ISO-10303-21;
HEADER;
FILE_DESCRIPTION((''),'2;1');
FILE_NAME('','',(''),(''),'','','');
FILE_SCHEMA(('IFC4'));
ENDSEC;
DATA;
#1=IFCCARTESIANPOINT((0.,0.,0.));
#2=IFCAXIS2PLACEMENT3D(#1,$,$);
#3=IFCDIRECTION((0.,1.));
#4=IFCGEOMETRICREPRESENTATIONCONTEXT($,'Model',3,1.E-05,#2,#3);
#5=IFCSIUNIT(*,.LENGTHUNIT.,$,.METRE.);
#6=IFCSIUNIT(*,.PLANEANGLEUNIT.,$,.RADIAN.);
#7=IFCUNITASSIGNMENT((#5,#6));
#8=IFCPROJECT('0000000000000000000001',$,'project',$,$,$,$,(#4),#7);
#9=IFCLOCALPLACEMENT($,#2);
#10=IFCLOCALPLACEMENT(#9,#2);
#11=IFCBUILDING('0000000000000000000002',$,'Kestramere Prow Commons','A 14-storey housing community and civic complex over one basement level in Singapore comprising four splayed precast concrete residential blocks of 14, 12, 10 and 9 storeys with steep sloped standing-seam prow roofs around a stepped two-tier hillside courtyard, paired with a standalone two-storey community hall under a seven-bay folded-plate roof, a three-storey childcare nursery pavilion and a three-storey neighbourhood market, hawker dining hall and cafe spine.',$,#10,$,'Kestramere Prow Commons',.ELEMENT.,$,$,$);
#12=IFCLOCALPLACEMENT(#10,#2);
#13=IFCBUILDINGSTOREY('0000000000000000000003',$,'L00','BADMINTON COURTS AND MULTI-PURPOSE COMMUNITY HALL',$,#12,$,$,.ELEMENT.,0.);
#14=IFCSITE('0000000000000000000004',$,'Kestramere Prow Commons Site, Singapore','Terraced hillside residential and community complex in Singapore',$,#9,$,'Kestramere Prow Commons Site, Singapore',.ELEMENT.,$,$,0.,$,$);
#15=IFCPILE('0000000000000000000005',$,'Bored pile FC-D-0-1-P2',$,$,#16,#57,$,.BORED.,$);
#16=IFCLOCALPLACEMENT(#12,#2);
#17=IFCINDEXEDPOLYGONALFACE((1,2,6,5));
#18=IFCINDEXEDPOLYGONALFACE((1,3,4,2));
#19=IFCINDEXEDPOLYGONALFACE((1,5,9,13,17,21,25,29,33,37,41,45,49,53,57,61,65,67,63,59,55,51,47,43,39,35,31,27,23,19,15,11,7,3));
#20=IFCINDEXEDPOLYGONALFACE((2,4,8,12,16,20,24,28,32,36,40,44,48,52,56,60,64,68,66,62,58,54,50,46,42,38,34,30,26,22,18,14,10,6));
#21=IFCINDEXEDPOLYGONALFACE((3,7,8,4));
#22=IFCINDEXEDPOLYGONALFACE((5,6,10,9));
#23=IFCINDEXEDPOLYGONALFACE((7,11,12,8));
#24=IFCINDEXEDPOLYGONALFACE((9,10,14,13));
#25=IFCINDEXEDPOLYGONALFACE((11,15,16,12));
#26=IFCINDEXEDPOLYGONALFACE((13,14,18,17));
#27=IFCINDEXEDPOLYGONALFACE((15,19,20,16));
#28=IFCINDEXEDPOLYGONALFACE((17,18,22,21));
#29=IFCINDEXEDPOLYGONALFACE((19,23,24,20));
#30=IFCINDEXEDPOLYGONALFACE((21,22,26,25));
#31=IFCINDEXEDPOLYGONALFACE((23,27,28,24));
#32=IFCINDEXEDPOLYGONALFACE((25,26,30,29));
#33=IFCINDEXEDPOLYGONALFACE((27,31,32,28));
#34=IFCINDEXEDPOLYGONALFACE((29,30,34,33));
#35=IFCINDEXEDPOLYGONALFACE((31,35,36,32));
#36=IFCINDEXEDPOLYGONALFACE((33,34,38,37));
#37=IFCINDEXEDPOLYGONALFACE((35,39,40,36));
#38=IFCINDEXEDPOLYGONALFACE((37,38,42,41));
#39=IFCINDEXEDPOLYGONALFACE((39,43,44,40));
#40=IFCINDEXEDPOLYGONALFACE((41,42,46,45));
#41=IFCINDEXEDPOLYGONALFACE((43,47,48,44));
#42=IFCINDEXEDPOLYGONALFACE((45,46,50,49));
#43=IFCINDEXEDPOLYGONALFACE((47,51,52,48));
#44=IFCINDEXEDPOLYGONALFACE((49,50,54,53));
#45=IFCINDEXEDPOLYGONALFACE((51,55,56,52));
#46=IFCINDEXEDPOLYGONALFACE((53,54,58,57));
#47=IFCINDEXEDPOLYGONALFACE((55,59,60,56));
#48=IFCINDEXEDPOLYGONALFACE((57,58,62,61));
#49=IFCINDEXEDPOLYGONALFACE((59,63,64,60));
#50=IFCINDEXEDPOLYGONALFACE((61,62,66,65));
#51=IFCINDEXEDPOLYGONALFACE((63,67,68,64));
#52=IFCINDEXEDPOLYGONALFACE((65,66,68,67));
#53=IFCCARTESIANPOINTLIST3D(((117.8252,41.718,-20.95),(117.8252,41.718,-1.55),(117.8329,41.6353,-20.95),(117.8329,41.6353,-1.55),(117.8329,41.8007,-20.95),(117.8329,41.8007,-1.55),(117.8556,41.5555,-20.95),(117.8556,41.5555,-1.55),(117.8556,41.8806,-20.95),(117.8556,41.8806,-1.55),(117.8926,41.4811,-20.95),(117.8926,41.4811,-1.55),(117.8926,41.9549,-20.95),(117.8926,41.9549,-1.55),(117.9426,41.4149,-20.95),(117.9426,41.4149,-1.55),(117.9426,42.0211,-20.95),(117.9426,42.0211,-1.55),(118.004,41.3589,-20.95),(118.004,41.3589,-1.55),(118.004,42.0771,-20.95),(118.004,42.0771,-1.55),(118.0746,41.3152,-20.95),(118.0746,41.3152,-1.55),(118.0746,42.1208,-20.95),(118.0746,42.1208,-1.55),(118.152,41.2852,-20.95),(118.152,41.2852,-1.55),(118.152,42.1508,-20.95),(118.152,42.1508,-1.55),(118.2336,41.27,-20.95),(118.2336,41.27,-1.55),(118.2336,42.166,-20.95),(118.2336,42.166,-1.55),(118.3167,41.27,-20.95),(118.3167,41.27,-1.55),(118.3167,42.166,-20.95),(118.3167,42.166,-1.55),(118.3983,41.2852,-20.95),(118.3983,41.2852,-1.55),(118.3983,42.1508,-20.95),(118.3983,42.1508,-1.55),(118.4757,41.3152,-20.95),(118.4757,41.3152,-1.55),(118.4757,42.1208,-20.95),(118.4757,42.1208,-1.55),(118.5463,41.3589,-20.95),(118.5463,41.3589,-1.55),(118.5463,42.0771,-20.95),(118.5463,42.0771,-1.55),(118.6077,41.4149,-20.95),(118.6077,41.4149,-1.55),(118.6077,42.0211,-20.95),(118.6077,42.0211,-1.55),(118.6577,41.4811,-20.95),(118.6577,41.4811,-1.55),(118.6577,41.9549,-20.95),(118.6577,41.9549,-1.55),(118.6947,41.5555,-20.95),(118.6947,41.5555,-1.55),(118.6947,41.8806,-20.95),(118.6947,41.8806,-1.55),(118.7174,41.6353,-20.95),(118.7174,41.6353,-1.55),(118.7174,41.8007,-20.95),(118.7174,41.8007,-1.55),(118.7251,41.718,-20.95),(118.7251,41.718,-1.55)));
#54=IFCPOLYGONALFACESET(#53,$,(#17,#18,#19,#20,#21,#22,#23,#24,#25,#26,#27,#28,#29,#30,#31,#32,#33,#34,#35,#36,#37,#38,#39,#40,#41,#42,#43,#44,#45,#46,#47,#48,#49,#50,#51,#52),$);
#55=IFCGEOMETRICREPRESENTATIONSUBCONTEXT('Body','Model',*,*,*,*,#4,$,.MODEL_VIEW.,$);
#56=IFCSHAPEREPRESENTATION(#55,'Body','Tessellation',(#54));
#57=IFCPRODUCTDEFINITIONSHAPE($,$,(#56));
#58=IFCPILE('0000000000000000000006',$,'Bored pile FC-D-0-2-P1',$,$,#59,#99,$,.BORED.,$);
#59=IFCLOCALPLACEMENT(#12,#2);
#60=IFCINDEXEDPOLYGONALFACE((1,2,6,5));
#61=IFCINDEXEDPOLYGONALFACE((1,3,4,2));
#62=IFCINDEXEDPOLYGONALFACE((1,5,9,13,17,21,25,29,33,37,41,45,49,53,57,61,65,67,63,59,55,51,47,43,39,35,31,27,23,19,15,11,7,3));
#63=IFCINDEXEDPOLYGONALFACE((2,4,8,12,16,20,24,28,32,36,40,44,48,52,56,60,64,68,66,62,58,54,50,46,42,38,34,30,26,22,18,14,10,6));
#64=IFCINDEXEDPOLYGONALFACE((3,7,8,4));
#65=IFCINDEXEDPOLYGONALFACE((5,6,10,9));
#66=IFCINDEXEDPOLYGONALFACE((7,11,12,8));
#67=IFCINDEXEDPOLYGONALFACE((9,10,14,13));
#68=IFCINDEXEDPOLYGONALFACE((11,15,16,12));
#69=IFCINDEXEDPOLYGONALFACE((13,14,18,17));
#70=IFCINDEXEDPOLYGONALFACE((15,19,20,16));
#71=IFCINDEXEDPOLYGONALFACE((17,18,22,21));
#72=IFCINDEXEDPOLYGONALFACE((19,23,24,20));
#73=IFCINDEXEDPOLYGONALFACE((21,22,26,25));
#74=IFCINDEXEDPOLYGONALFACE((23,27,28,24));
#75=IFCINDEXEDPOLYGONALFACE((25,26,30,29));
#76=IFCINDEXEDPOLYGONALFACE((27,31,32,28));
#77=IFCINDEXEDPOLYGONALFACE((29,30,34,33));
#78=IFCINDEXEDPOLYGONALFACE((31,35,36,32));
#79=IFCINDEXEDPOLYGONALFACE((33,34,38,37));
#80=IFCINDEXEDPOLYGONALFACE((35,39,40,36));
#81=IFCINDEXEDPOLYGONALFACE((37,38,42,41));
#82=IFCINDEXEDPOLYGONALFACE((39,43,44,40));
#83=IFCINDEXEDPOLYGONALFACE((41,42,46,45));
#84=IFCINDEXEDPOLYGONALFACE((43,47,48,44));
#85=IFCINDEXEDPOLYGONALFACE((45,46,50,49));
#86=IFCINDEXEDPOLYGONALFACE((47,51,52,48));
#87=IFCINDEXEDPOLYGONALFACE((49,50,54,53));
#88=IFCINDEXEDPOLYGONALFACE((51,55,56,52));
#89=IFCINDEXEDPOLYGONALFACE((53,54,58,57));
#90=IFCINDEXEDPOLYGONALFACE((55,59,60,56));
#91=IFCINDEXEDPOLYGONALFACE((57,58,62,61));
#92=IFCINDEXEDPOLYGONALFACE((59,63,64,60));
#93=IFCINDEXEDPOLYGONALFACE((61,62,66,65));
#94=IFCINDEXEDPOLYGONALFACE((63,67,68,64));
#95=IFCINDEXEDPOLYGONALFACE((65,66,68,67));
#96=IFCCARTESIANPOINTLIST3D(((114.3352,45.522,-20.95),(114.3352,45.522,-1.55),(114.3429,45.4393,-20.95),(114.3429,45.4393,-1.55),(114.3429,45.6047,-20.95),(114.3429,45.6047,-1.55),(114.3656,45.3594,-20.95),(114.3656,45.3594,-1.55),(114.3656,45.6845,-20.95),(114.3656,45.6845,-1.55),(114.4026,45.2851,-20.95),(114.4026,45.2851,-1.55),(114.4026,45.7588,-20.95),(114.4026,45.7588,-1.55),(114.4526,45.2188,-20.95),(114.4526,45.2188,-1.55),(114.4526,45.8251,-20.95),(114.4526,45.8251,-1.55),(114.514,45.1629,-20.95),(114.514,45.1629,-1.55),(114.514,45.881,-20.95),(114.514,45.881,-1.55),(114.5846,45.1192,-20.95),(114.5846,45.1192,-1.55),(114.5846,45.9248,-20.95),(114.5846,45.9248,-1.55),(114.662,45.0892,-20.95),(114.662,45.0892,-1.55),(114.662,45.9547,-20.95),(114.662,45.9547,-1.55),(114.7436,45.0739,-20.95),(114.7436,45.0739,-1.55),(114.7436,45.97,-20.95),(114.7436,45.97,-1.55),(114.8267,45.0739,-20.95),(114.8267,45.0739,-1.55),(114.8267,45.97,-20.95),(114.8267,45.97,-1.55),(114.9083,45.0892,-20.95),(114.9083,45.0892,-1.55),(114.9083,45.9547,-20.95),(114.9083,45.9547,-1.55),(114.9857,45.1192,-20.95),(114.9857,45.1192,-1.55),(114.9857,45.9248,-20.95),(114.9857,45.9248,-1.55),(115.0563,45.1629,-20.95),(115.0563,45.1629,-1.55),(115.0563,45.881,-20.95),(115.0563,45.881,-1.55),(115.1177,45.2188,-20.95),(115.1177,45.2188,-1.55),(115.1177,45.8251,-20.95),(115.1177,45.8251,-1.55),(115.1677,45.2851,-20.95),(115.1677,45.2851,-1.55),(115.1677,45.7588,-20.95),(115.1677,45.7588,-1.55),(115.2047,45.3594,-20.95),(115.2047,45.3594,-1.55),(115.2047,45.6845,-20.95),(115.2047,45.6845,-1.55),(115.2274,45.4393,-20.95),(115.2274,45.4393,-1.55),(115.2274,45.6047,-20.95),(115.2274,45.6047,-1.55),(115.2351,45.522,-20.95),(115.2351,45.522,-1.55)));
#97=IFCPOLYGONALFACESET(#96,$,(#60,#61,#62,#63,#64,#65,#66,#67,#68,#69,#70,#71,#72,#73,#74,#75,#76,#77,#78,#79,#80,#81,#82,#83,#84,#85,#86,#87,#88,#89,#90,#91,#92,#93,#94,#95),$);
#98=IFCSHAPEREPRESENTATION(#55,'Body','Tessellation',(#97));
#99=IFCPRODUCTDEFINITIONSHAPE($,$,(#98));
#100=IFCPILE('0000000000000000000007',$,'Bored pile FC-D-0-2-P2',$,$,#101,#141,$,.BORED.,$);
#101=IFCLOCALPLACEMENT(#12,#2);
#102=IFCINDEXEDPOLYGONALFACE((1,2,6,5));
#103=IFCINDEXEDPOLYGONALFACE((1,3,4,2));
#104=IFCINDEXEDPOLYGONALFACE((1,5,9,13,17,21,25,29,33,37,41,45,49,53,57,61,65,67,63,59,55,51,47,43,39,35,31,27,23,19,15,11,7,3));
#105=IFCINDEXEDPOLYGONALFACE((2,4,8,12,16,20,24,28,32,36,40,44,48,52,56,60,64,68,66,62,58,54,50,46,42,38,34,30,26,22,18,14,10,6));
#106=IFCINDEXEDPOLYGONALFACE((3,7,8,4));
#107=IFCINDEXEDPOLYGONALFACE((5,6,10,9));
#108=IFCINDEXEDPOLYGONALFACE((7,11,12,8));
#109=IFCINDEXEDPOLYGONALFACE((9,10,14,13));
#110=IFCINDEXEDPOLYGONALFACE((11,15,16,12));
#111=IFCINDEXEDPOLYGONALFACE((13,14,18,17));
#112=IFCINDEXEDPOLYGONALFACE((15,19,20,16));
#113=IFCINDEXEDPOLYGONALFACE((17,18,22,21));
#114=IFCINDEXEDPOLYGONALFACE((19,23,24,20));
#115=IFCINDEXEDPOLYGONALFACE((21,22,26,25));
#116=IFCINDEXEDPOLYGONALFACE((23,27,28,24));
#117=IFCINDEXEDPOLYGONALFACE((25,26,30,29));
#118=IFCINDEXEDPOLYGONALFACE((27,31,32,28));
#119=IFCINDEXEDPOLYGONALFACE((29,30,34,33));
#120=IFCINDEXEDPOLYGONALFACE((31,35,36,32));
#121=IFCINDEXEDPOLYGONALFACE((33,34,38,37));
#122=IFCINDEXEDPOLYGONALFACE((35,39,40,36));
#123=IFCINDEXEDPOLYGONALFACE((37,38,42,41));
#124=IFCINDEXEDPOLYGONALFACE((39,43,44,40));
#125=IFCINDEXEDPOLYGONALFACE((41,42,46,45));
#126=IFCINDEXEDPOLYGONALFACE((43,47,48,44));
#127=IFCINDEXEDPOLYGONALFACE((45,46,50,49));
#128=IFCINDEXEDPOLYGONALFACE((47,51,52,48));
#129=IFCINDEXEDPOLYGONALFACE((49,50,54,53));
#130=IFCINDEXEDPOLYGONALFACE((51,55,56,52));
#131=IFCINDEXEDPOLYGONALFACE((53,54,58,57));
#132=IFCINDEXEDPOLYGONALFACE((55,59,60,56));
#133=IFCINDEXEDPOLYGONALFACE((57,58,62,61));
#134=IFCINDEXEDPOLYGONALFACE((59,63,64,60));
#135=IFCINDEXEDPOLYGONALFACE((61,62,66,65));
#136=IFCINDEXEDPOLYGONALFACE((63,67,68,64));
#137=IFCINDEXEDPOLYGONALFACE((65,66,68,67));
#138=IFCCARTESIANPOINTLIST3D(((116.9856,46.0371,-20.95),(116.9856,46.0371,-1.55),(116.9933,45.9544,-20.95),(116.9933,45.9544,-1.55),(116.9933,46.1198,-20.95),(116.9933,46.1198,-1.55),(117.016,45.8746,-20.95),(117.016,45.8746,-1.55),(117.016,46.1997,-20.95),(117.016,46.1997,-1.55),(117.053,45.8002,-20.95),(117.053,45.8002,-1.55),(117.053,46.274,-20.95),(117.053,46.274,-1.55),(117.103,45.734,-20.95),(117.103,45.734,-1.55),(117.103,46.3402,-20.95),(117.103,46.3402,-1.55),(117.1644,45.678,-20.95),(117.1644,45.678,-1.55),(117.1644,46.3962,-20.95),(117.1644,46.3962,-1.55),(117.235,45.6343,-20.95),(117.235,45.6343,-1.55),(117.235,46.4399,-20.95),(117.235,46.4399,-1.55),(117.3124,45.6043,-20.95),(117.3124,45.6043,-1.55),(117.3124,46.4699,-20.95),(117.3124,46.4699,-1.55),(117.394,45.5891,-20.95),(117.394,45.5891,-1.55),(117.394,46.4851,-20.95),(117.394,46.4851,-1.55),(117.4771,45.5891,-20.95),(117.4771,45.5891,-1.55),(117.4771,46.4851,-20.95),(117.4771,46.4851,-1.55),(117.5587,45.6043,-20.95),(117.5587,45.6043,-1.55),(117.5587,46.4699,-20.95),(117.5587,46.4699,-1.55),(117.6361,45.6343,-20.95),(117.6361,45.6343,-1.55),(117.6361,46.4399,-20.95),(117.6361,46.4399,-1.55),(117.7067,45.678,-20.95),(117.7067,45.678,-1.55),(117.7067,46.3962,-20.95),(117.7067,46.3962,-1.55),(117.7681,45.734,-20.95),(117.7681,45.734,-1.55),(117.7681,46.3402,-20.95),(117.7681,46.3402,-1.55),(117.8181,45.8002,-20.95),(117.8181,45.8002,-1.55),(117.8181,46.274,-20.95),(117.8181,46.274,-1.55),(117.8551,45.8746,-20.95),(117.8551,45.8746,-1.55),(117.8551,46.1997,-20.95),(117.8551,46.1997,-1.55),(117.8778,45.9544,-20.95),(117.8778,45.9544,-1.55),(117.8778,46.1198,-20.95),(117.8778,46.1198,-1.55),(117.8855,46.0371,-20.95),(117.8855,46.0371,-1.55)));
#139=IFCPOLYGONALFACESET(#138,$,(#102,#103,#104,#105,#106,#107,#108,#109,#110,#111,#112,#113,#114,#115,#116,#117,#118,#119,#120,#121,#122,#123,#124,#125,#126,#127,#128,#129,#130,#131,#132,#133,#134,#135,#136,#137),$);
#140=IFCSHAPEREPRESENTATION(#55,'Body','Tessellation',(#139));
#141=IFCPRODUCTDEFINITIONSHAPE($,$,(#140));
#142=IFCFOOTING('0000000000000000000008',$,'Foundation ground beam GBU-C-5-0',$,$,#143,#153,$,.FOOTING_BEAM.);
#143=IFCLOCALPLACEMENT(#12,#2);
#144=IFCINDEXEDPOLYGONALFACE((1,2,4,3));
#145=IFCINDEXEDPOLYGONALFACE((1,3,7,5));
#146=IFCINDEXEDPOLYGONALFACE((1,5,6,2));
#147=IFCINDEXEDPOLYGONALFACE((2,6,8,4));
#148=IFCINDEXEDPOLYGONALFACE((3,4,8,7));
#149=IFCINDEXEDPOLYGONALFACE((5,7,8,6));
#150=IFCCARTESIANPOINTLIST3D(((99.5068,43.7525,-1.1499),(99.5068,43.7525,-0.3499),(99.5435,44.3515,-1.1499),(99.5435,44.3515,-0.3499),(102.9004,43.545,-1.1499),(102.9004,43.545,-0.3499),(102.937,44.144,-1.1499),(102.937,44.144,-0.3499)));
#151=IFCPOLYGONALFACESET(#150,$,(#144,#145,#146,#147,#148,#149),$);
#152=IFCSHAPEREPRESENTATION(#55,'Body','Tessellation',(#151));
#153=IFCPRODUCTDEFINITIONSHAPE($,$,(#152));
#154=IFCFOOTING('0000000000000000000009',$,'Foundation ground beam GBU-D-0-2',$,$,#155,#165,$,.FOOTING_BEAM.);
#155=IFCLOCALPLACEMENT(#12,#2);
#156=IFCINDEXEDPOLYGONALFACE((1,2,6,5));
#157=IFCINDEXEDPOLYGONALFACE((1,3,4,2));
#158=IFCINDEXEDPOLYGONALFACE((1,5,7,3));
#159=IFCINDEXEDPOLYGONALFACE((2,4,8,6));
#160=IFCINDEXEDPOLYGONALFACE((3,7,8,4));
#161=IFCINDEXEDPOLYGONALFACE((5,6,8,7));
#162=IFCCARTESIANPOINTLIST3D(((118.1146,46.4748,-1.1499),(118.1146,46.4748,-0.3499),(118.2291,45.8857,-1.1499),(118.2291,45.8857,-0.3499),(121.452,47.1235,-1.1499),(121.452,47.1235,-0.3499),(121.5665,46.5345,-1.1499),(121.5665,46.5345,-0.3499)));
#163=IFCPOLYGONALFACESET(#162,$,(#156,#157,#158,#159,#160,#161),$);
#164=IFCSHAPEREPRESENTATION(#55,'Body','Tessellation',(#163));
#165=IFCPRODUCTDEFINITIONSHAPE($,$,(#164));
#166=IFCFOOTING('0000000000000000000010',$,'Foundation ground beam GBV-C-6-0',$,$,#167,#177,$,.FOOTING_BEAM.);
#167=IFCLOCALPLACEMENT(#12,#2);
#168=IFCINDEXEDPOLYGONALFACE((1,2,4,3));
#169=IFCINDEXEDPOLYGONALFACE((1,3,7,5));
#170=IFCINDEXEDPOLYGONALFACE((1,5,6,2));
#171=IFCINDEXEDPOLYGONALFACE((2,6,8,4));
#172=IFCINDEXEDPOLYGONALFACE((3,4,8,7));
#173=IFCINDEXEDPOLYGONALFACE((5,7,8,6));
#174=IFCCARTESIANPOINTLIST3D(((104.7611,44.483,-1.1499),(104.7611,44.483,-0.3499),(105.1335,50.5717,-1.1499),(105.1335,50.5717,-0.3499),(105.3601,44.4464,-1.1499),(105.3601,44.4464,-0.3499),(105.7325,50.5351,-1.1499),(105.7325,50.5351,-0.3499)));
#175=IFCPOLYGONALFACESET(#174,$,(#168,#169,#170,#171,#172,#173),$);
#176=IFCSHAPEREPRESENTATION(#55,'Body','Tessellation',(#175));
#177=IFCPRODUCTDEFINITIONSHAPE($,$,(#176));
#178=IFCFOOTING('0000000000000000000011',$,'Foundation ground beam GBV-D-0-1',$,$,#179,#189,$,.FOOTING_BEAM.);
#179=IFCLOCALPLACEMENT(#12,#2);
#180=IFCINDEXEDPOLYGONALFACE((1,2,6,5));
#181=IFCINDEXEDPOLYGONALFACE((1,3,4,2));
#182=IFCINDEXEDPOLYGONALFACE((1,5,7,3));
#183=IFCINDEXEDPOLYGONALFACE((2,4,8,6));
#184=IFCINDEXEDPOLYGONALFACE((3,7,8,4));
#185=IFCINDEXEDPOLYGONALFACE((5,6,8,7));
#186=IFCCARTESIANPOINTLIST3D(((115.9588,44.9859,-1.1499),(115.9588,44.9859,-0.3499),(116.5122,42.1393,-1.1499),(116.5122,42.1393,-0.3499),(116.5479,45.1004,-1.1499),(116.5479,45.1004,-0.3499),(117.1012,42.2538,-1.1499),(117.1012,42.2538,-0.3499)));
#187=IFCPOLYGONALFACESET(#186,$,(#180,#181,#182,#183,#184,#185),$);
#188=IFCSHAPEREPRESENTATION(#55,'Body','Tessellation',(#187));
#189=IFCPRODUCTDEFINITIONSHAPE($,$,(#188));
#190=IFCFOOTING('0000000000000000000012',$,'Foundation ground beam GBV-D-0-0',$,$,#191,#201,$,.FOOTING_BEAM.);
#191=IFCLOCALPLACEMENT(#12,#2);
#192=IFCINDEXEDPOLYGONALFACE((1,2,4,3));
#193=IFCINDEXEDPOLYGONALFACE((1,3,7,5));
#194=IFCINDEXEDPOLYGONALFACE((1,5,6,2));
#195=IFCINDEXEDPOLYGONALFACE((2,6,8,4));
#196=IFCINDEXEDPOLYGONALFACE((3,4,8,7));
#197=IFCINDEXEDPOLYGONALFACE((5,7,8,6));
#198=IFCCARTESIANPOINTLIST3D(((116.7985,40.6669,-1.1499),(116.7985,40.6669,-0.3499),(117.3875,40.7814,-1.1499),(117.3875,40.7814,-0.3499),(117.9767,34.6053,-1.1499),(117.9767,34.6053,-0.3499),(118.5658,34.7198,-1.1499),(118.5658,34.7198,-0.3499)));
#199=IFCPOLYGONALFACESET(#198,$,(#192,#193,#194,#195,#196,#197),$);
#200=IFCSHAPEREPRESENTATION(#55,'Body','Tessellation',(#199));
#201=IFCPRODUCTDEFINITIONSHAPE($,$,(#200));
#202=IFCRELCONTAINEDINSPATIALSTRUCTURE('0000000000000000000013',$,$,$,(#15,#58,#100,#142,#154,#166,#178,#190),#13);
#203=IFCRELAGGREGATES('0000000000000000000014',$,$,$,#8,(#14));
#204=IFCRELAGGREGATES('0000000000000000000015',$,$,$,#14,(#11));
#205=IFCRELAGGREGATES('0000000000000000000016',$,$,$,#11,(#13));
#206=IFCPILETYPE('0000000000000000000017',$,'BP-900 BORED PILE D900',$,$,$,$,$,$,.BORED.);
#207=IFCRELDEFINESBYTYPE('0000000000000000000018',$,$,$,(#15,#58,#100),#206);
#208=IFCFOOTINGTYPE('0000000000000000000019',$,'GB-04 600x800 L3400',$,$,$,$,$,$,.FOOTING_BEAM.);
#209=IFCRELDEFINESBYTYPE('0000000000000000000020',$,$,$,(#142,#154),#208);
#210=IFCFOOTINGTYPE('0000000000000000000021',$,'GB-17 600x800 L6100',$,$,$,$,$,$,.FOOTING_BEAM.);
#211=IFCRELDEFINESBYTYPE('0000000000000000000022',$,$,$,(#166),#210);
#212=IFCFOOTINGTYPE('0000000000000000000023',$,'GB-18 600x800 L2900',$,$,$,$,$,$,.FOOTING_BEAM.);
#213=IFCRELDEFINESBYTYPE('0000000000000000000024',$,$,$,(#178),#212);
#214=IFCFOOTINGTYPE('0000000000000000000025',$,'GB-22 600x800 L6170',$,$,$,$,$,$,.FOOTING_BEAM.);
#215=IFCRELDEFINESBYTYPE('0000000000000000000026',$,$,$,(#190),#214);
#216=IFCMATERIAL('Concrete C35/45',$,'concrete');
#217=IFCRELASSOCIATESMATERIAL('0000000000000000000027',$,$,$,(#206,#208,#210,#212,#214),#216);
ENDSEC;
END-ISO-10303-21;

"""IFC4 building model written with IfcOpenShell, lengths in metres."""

from ifc_helpers import new_model, si_unit, direction, frame, origin, origin_2d, place, context, subcontext, project, spatial, rectangle, circle, extrude, material, material_profile, profile_set, type_object, element, save


model = new_model("IFC4")

# Units and contexts
model_context = context("Model", 3, precision=1e-05, world=origin(), true_north=direction((0.0, 1.0)))
body_context = subcontext(model_context, "Body", "Model", "MODEL_VIEW")
ifc_project = project(units=[si_unit("LENGTHUNIT", "METRE"), si_unit("PLANEANGLEUNIT", "RADIAN")], contexts=[model_context])

# Site, building, storey
site_placement = place(None, origin())
site = spatial("IfcSite", under=ifc_project, at=site_placement, Name="Kestramere Prow Commons Site, Singapore", Description="Terraced hillside residential and community complex in Singapore", LongName="Kestramere Prow Commons Site, Singapore", CompositionType="ELEMENT", RefElevation=0.0)
building_placement = place(site_placement, origin())
building = spatial("IfcBuilding", under=site, at=building_placement, Name="Kestramere Prow Commons", Description="A 14-storey housing community and civic complex over one basement level in Singapore comprising four splayed precast concrete residential blocks of 14, 12, 10 and 9 storeys with steep sloped standing-seam prow roofs around a stepped two-tier hillside courtyard, paired with a standalone two-storey community hall under a seven-bay folded-plate roof, a three-storey childcare nursery pavilion and a three-storey neighbourhood market, hawker dining hall and cafe spine.", LongName="Kestramere Prow Commons", CompositionType="ELEMENT")
storey_placement = place(building_placement, origin())
storey = spatial("IfcBuildingStorey", under=building, at=storey_placement, Name="L00", Description="BADMINTON COURTS AND MULTI-PURPOSE COMMUNITY HALL", CompositionType="ELEMENT", Elevation=0.0)

# Piles
ifc_material_1 = material(Name="Concrete C35/45", Category="concrete")
ifc_material_profile_1 = material_profile(ifc_material_1, circle(Radius=0.45, at=origin_2d()), Name="BORED PILE D900")
ifc_profile_set_1 = profile_set([ifc_material_profile_1], Name="Concrete C35/45")
pile_type_1 = type_object("IfcPileType", Name="BP-900 BORED PILE D900", PredefinedType="BORED", material=ifc_profile_set_1)
for number, where, z_axis, x_axis, name in (
    (1, (118.2751, 41.718, -1.55), (0.0, 0.0, -1.0), (1.0, 0.0, 0.0), "Bored pile FC-D-0-1-P2"),
    (2, (114.7852, 45.522, -1.55), (0.0, 0.0, -1.0), (1.0, 0.0, 0.0), "Bored pile FC-D-0-2-P1"),
    (3, (117.4355, 46.0371, -1.55), (0.0, 0.0, -1.0), (1.0, 0.0, 0.0), "Bored pile FC-D-0-2-P2"),
):
    element("IfcPile", number, at=place(storey_placement, frame(where, z_axis=z_axis, x_axis=x_axis)), inside=storey, type_object=pile_type_1, Name=name, PredefinedType="BORED", context=body_context, shape_type="SweptSolid", body=[
        extrude(circle(Radius=0.45, at=origin_2d()), origin(), (0.0, 0.0, 1.0), 19.3999),
    ])

# Footings
footing_type_1 = type_object("IfcFootingType", Name="GB-04 600x800 L3400", PredefinedType="FOOTING_BEAM", material=ifc_material_1)
for number, where, z_axis, x_axis, name in (
    (4, (101.2219, 43.9482, -1.1499), (0.0, 0.0, 1.0), (0.998135, -0.061049, 0.0), "Foundation ground beam GBU-C-5-0"),
    (5, (119.8406, 46.5046, -1.1499), (0.0, 0.0, 1.0), (0.981627, 0.190809, 0.0), "Foundation ground beam GBU-D-0-2"),
):
    element("IfcFooting", number, at=place(storey_placement, frame(where, z_axis=z_axis, x_axis=x_axis)), inside=storey, type_object=footing_type_1, Name=name, PredefinedType="FOOTING_BEAM", context=body_context, shape_type="SweptSolid", body=[
        extrude(rectangle(XDim=3.3999, YDim=0.6001, at=origin_2d()), origin(), (0.0, 0.0, 1.0), 0.8),
    ])
footing_type_2 = type_object("IfcFootingType", Name="GB-17 600x800 L6100", PredefinedType="FOOTING_BEAM", material=ifc_material_1)
footing_1_placement = place(storey_placement, frame((105.2468, 47.509, -1.1499), z_axis=(0.0, 0.0, 1.0), x_axis=(0.061049, 0.998135, 0.0)))
element("IfcFooting", 6, at=footing_1_placement, inside=storey, type_object=footing_type_2, Name="Foundation ground beam GBV-C-6-0", PredefinedType="FOOTING_BEAM", context=body_context, shape_type="SweptSolid", body=[
    extrude(rectangle(XDim=6.1001, YDim=0.6001, at=origin_2d()), origin(), (0.0, 0.0, 1.0), 0.8),
])
footing_type_3 = type_object("IfcFootingType", Name="GB-18 600x800 L2900", PredefinedType="FOOTING_BEAM", material=ifc_material_1)
footing_2_placement = place(storey_placement, frame((116.53, 43.6199, -1.1499), z_axis=(0.0, 0.0, 1.0), x_axis=(-0.190809, 0.981627, 0.0)))
element("IfcFooting", 7, at=footing_2_placement, inside=storey, type_object=footing_type_3, Name="Foundation ground beam GBV-D-0-1", PredefinedType="FOOTING_BEAM", context=body_context, shape_type="SweptSolid", body=[
    extrude(rectangle(XDim=2.8999, YDim=0.6001, at=origin_2d()), origin(), (0.0, 0.0, 1.0), 0.8),
])
footing_type_4 = type_object("IfcFootingType", Name="GB-22 600x800 L6170", PredefinedType="FOOTING_BEAM", material=ifc_material_1)
for number, where, z_axis, x_axis, name in (
    (8, (117.6821, 37.6934, -1.1499), (0.0, 0.0, 1.0), (-0.190809, 0.981627, 0.0), "Foundation ground beam GBV-D-0-0"),
):
    element("IfcFooting", number, at=place(storey_placement, frame(where, z_axis=z_axis, x_axis=x_axis)), inside=storey, type_object=footing_type_4, Name=name, PredefinedType="FOOTING_BEAM", context=body_context, shape_type="SweptSolid", body=[
        extrude(rectangle(XDim=6.175, YDim=0.6001, at=origin_2d()), origin(), (0.0, 0.0, 1.0), 0.8),
    ])

save(model, "model.ifc")
